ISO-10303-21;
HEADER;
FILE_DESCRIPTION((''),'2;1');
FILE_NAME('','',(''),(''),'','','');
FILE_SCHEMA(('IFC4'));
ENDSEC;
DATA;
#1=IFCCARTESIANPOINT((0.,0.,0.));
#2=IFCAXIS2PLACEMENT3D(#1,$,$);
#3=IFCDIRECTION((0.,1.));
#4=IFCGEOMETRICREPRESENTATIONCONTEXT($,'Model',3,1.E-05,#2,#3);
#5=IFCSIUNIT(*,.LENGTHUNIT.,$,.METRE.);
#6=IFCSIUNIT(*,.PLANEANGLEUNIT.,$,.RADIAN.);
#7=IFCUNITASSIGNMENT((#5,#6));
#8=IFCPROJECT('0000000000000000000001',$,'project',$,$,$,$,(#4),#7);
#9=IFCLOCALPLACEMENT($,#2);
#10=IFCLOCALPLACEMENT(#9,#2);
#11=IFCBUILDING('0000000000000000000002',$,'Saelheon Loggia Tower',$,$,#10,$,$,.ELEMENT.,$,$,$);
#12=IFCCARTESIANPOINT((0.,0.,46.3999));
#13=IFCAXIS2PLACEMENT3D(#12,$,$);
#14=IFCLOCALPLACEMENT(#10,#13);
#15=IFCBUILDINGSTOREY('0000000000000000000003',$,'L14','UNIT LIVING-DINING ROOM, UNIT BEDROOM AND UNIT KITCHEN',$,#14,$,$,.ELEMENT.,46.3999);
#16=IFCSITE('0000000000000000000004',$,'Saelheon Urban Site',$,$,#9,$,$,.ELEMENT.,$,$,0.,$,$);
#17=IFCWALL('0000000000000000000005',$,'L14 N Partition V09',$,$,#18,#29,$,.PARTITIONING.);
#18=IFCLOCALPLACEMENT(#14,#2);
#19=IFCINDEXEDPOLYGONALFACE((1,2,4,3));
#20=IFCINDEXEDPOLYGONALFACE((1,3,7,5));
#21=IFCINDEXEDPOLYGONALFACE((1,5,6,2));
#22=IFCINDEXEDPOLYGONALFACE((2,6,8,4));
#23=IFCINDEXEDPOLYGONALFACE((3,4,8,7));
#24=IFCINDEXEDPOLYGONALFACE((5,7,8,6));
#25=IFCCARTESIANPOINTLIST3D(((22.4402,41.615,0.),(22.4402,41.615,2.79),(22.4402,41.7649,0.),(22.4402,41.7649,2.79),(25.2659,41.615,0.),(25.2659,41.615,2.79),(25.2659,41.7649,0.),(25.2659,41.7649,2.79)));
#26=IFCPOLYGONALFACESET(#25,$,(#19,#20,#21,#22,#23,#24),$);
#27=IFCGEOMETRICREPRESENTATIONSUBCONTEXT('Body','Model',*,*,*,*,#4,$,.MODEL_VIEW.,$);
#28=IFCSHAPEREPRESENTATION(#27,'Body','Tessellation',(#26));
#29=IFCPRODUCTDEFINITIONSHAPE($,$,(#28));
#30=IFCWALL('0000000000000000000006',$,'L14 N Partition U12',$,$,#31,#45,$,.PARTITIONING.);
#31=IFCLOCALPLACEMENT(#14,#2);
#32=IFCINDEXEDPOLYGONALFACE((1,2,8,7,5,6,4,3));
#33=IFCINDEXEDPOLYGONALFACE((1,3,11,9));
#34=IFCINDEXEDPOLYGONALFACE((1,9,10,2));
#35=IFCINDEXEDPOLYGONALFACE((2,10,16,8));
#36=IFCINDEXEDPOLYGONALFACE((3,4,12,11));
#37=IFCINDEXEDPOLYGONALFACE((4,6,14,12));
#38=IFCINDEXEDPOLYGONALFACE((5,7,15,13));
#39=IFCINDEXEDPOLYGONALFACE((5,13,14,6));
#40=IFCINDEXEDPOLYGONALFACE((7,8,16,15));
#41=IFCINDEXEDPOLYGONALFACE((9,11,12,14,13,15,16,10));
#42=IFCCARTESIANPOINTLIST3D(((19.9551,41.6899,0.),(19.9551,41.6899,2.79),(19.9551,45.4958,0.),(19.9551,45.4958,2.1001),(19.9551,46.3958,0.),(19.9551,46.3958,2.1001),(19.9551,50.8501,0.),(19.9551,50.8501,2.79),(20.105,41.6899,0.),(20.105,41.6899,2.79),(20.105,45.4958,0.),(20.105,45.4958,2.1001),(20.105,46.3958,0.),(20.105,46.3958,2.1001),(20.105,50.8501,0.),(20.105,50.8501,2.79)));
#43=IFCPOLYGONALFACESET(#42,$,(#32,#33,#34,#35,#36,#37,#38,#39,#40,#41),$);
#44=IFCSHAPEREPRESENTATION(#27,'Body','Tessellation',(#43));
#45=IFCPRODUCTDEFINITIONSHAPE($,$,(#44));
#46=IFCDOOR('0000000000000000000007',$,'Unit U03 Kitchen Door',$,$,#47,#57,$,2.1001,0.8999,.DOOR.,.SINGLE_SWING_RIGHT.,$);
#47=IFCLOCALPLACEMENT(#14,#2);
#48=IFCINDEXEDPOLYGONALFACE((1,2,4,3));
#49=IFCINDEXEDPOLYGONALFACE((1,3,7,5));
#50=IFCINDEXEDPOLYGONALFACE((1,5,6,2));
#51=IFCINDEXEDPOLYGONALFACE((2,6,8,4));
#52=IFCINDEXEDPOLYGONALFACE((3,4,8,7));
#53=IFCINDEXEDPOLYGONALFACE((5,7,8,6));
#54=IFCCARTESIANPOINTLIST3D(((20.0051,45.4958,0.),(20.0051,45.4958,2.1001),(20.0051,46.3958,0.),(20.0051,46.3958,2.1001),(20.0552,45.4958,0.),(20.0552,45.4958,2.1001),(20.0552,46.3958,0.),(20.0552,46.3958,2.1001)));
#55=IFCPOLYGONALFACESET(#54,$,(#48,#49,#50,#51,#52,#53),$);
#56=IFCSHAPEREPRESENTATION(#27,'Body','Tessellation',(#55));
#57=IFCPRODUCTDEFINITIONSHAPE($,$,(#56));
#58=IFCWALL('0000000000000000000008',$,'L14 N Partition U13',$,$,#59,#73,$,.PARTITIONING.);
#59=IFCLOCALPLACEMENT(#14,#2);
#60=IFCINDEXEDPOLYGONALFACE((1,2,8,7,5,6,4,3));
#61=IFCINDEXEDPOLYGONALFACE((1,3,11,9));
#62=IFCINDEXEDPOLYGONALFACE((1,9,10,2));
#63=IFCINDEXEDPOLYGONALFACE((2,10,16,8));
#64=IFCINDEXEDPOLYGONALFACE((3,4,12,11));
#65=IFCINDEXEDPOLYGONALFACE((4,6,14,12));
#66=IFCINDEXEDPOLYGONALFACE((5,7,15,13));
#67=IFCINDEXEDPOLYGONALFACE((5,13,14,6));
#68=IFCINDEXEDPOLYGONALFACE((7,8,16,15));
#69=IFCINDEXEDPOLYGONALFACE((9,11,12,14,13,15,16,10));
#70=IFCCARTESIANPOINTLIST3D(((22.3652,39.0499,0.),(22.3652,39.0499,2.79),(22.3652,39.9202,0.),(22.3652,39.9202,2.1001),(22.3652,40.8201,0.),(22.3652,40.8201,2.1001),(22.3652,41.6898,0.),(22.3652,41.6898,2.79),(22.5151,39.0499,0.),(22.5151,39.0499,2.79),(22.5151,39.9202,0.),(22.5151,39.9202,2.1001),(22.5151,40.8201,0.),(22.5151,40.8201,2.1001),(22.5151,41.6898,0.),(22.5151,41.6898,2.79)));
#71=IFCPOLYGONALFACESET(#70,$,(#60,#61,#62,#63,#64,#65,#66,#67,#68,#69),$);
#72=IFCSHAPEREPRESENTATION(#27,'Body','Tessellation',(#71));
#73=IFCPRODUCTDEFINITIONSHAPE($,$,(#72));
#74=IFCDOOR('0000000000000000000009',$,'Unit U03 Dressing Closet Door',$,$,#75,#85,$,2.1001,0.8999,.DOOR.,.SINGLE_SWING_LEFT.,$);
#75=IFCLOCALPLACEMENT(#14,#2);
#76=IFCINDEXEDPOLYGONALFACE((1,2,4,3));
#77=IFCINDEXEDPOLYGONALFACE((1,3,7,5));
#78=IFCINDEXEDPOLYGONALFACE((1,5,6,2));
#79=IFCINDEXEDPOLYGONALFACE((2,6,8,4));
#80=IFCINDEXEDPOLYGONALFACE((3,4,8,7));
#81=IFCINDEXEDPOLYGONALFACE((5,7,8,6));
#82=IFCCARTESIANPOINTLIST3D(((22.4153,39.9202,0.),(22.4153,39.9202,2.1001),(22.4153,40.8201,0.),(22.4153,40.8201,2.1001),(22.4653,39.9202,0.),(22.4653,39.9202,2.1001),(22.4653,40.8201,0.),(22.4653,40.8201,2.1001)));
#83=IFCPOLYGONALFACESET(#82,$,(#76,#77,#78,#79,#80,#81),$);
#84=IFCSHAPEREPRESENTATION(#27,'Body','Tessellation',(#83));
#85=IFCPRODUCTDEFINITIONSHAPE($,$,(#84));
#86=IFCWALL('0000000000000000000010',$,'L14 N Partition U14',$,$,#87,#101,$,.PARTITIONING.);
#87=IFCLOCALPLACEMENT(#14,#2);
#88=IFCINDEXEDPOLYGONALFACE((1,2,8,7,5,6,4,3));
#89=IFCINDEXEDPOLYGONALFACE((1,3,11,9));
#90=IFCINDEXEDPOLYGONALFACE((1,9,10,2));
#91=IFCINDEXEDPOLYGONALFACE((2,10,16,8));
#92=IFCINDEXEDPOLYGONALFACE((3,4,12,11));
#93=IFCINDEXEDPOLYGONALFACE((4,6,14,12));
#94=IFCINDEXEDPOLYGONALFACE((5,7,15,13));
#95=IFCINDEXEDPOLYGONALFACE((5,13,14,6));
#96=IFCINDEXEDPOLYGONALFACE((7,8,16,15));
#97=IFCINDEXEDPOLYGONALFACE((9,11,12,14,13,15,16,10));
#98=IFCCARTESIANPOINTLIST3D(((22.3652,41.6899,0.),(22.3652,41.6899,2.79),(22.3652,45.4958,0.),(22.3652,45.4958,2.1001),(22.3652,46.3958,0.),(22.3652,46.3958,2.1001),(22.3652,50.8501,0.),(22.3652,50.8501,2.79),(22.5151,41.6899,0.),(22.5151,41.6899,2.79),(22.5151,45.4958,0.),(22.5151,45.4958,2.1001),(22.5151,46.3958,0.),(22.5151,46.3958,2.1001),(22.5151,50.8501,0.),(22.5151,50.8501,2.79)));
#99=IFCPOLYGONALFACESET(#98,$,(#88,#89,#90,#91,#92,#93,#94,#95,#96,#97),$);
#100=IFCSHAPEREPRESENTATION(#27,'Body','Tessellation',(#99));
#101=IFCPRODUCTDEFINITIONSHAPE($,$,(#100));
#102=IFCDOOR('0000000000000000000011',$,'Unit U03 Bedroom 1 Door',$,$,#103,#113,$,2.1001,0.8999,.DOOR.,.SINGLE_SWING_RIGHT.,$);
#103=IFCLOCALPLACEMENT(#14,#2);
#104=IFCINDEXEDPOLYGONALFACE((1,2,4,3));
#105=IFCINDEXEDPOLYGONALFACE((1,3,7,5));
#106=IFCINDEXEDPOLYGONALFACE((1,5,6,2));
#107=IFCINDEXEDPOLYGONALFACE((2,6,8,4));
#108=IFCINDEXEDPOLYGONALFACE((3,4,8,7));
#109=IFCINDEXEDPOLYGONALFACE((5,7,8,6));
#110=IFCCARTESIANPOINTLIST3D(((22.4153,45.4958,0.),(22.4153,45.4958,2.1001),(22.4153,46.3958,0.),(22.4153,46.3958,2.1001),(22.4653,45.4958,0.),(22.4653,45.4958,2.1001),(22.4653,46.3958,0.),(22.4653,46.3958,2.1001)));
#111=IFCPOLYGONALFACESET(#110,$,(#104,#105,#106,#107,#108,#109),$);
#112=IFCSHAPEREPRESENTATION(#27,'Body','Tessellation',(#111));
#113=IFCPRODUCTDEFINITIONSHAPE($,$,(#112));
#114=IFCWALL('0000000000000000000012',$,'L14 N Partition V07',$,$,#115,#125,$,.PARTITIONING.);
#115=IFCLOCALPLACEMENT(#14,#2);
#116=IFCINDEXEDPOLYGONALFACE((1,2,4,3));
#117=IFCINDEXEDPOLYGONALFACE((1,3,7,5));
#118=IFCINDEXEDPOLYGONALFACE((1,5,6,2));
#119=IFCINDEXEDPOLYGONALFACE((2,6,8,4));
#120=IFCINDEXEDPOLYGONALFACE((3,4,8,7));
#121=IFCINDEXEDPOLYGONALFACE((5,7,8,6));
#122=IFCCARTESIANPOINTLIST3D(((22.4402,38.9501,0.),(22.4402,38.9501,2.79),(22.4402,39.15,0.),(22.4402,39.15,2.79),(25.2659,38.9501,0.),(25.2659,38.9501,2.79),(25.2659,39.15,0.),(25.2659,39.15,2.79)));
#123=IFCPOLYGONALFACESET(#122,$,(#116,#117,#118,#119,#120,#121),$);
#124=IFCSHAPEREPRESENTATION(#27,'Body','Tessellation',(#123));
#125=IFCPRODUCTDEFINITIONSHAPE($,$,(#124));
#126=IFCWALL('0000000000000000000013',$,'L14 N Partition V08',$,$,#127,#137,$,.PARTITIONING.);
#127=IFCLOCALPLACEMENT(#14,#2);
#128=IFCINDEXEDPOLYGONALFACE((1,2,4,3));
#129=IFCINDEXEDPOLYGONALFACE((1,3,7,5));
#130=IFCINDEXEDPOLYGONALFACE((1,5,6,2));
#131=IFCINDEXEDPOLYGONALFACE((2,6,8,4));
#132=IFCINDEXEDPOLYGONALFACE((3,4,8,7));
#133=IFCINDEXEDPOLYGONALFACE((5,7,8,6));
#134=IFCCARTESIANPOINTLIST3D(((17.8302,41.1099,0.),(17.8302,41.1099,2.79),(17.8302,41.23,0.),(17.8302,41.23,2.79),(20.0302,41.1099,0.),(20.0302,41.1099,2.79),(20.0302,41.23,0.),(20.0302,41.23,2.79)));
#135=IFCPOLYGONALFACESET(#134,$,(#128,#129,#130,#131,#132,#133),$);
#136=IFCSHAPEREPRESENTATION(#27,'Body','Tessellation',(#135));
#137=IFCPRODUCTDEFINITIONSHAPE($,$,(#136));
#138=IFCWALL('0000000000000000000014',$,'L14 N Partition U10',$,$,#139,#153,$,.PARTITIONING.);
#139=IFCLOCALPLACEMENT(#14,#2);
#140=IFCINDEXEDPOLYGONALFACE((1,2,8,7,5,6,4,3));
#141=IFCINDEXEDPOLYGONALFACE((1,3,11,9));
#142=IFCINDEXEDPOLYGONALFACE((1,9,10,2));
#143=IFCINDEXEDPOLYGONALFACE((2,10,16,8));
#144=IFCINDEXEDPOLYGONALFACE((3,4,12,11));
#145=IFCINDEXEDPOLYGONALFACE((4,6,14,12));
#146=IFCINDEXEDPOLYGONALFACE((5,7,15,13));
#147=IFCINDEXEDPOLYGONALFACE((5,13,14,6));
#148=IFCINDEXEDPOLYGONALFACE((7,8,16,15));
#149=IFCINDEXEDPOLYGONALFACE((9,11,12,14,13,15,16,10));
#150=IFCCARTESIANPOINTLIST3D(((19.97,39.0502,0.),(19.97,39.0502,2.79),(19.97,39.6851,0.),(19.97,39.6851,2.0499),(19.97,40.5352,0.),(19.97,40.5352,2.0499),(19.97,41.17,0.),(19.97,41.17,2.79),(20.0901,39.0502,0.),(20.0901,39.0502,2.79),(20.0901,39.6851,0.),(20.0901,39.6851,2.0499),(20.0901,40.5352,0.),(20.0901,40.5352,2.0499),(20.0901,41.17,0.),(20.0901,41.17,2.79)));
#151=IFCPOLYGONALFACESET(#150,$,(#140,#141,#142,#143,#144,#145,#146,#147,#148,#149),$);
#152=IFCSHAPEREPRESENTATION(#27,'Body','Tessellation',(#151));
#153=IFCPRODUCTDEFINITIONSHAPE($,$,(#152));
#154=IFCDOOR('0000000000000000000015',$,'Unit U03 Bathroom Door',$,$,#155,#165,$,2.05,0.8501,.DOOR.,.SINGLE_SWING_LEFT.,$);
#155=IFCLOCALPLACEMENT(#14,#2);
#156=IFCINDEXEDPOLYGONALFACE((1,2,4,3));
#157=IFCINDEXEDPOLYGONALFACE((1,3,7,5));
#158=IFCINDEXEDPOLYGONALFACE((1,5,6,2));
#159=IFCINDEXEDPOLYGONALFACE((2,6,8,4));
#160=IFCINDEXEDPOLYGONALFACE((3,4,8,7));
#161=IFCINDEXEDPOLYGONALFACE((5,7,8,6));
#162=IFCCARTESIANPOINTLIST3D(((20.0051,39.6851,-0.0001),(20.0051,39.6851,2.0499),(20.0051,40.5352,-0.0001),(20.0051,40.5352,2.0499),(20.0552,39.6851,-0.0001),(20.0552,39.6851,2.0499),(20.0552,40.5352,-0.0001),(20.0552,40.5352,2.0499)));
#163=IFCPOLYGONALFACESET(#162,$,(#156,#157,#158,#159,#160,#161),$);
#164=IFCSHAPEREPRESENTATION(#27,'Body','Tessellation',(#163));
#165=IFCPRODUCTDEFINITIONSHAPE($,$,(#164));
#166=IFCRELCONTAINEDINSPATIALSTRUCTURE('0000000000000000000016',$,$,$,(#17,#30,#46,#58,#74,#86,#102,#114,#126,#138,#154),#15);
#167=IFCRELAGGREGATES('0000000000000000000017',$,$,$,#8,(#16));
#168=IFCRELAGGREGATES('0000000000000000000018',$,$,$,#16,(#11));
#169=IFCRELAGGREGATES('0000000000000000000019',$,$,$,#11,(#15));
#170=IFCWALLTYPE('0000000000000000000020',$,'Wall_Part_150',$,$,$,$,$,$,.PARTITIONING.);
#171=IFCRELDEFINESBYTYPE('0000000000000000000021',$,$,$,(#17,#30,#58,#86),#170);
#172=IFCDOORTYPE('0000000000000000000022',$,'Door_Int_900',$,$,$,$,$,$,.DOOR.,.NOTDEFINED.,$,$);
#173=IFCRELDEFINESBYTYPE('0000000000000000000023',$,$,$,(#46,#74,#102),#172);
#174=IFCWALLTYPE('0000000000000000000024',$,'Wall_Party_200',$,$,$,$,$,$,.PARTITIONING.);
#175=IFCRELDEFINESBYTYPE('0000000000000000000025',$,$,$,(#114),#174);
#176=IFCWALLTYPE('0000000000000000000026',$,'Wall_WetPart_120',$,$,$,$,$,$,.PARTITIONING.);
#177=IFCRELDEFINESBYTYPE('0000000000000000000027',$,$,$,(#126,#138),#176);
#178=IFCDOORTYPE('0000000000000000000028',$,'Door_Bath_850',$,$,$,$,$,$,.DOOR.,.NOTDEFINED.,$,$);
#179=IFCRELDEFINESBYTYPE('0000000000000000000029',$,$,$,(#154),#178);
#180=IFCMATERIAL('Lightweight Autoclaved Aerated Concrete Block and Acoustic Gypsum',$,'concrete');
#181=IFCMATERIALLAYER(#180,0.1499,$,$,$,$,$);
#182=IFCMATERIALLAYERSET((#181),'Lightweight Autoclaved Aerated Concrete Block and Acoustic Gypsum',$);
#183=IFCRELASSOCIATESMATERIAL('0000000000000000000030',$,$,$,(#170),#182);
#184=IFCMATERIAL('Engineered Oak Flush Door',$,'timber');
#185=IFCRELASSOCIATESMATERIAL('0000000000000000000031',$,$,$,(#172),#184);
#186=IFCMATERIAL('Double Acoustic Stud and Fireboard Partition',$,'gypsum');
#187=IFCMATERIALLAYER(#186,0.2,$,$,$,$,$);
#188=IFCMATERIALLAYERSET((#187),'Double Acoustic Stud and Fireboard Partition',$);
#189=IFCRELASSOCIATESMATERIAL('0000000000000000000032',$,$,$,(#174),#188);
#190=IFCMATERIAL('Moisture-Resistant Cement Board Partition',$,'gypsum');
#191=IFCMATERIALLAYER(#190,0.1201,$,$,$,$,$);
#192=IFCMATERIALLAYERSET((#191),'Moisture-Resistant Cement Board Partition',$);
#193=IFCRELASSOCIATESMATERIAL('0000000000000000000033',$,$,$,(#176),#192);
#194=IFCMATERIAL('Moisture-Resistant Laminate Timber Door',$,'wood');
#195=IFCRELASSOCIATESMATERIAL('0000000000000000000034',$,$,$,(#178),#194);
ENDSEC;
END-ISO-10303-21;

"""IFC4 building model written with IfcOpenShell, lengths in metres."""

from ifc_helpers import new_model, si_unit, direction, frame, frame_2d, origin, place, context, subcontext, project, spatial, rectangle, extrude, source, transform, mapped, material, layer, layer_set, type_object, element, fill, save


model = new_model("IFC4")

# Units and contexts
model_context = context("Model", 3, precision=1e-05, world=origin(), true_north=direction((0.0, 1.0)))
body_context = subcontext(model_context, "Body", "Model", "MODEL_VIEW")
ifc_project = project(units=[si_unit("LENGTHUNIT", "METRE"), si_unit("PLANEANGLEUNIT", "RADIAN")], contexts=[model_context])

# Site, building, storey
site_placement = place(None, origin())
site = spatial("IfcSite", under=ifc_project, at=site_placement, Name="Saelheon Urban Site", CompositionType="ELEMENT", RefElevation=0.0)
building_placement = place(site_placement, origin())
building = spatial("IfcBuilding", under=site, at=building_placement, Name="Saelheon Loggia Tower", CompositionType="ELEMENT")
storey_placement = place(building_placement, frame((0.0, 0.0, 46.3999)))
storey = spatial("IfcBuildingStorey", under=building, at=storey_placement, Name="L14", Description="UNIT LIVING-DINING ROOM, UNIT BEDROOM AND UNIT KITCHEN", CompositionType="ELEMENT", Elevation=46.3999)

# Wall
ifc_material_1 = material(Name="Lightweight Autoclaved Aerated Concrete Block and Acoustic Gypsum", Category="concrete")
ifc_layer_1 = layer(ifc_material_1, 0.1499)
ifc_layer_set_1 = layer_set([ifc_layer_1], Name="Lightweight Autoclaved Aerated Concrete Block and Acoustic Gypsum")
wall_type_1 = type_object("IfcWallType", Name="Wall_Part_150", PredefinedType="PARTITIONING", material=ifc_layer_set_1)
wall_1_placement = place(storey_placement, frame((22.4402, 41.6899, 0.0), z_axis=(0.0, 0.0, 1.0), x_axis=(1.0, 0.0, 0.0)))
element("IfcWall", 1, at=wall_1_placement, inside=storey, type_object=wall_type_1, Name="L14 N Partition V09", PredefinedType="PARTITIONING", context=body_context, shape_type="SweptSolid", body=[
    extrude(rectangle(XDim=2.8257, YDim=0.1499, at=frame_2d((1.4128, 0.0))), origin(), (0.0, 0.0, 1.0), 2.79),
])

# Walls, openings, doors
wall_2_placement = place(storey_placement, frame((20.03, 41.6899, 0.0), z_axis=(0.0, 0.0, 1.0), x_axis=(0.0, 1.0, 0.0)))
wall_2 = element("IfcWall", 2, at=wall_2_placement, inside=storey, type_object=wall_type_1, Name="L14 N Partition U12", PredefinedType="PARTITIONING", context=body_context, shape_type="SweptSolid", body=[
    extrude(rectangle(XDim=9.1602, YDim=0.1499, at=frame_2d((4.5801, 0.0))), origin(), (0.0, 0.0, 1.0), 2.79),
])
opening_1_placement = place(wall_2_placement, frame((3.8059, 0.0, 0.0)))
opening_1 = element("IfcOpeningElement", 3, at=opening_1_placement, cuts=wall_2, PredefinedType="OPENING", context=body_context, shape_type="SweptSolid", body=[
    extrude(rectangle(XDim=0.8999, YDim=2.1001, at=frame_2d((0.45, 1.05))), frame((0.0, 0.0869, 0.0), z_axis=(0.0, -1.0, 0.0), x_axis=(1.0, 0.0, 0.0)), (0.0, 0.0, 1.0), 0.1738),
])
ifc_material_2 = material(Name="Engineered Oak Flush Door", Category="timber")
door_type_1 = type_object("IfcDoorType", Name="Door_Int_900", OperationType="NOTDEFINED", PredefinedType="DOOR", material=ifc_material_2)
shared_shape_1 = source(origin(), body_context, "Body", "SweptSolid", [
    extrude(rectangle(XDim=0.8999, YDim=2.1001, at=frame_2d((0.45, 1.05))), frame((0.0, 0.0249, 0.0), z_axis=(0.0, -1.0, 0.0), x_axis=(1.0, 0.0, 0.0)), (0.0, 0.0, 1.0), 0.05),
])
door_1_placement = place(opening_1_placement, origin())
door_1 = element("IfcDoor", 4, at=door_1_placement, inside=storey, type_object=door_type_1, Name="Unit U03 Kitchen Door", OperationType="SINGLE_SWING_RIGHT", OverallHeight=2.1001, OverallWidth=0.8999, PredefinedType="DOOR", context=body_context, shape_type="MappedRepresentation", body=[
    mapped(shared_shape_1, transform((0.0, 0.0, 0.0), scale=1.0)),
])
fill(opening_1, door_1)
wall_3_placement = place(storey_placement, frame((22.4402, 39.05, 0.0), z_axis=(0.0, 0.0, 1.0), x_axis=(0.0, 1.0, 0.0)))
wall_3 = element("IfcWall", 5, at=wall_3_placement, inside=storey, type_object=wall_type_1, Name="L14 N Partition U13", PredefinedType="PARTITIONING", context=body_context, shape_type="SweptSolid", body=[
    extrude(rectangle(XDim=2.6399, YDim=0.1499, at=frame_2d((1.3198, 0.0))), origin(), (0.0, 0.0, 1.0), 2.79),
])
opening_2_placement = place(wall_3_placement, frame((0.8701, 0.0, 0.0)))
opening_2 = element("IfcOpeningElement", 6, at=opening_2_placement, cuts=wall_3, PredefinedType="OPENING", context=body_context, shape_type="SweptSolid", body=[
    extrude(rectangle(XDim=0.8999, YDim=2.1001, at=frame_2d((0.45, 1.05))), frame((0.0, 0.0869, 0.0), z_axis=(0.0, -1.0, 0.0), x_axis=(1.0, 0.0, 0.0)), (0.0, 0.0, 1.0), 0.1738),
])
door_2_placement = place(opening_2_placement, origin())
door_2 = element("IfcDoor", 7, at=door_2_placement, inside=storey, type_object=door_type_1, Name="Unit U03 Dressing Closet Door", OperationType="SINGLE_SWING_LEFT", OverallHeight=2.1001, OverallWidth=0.8999, PredefinedType="DOOR", context=body_context, shape_type="MappedRepresentation", body=[
    mapped(shared_shape_1, transform((0.0, 0.0, 0.0), scale=1.0)),
])
fill(opening_2, door_2)
wall_4_placement = place(storey_placement, frame((22.4402, 41.6899, 0.0), z_axis=(0.0, 0.0, 1.0), x_axis=(0.0, 1.0, 0.0)))
wall_4 = element("IfcWall", 8, at=wall_4_placement, inside=storey, type_object=wall_type_1, Name="L14 N Partition U14", PredefinedType="PARTITIONING", context=body_context, shape_type="SweptSolid", body=[
    extrude(rectangle(XDim=9.1602, YDim=0.1499, at=frame_2d((4.5801, 0.0))), origin(), (0.0, 0.0, 1.0), 2.79),
])
opening_3_placement = place(wall_4_placement, frame((3.8059, 0.0, 0.0)))
opening_3 = element("IfcOpeningElement", 9, at=opening_3_placement, cuts=wall_4, PredefinedType="OPENING", context=body_context, shape_type="SweptSolid", body=[
    extrude(rectangle(XDim=0.8999, YDim=2.1001, at=frame_2d((0.45, 1.05))), frame((0.0, 0.0869, 0.0), z_axis=(0.0, -1.0, 0.0), x_axis=(1.0, 0.0, 0.0)), (0.0, 0.0, 1.0), 0.1738),
])
door_3_placement = place(opening_3_placement, origin())
door_3 = element("IfcDoor", 10, at=door_3_placement, inside=storey, type_object=door_type_1, Name="Unit U03 Bedroom 1 Door", OperationType="SINGLE_SWING_RIGHT", OverallHeight=2.1001, OverallWidth=0.8999, PredefinedType="DOOR", context=body_context, shape_type="MappedRepresentation", body=[
    mapped(shared_shape_1, transform((0.0, 0.0, 0.0), scale=1.0)),
])
fill(opening_3, door_3)

# Walls
ifc_material_3 = material(Name="Double Acoustic Stud and Fireboard Partition", Category="gypsum")
ifc_layer_2 = layer(ifc_material_3, 0.2)
ifc_layer_set_2 = layer_set([ifc_layer_2], Name="Double Acoustic Stud and Fireboard Partition")
wall_type_2 = type_object("IfcWallType", Name="Wall_Party_200", PredefinedType="PARTITIONING", material=ifc_layer_set_2)
wall_5_placement = place(storey_placement, frame((22.4402, 39.05, 0.0), z_axis=(0.0, 0.0, 1.0), x_axis=(1.0, 0.0, 0.0)))
element("IfcWall", 11, at=wall_5_placement, inside=storey, type_object=wall_type_2, Name="L14 N Partition V07", PredefinedType="PARTITIONING", context=body_context, shape_type="SweptSolid", body=[
    extrude(rectangle(XDim=2.8257, YDim=0.2, at=frame_2d((1.4128, 0.0))), origin(), (0.0, 0.0, 1.0), 2.79),
])
ifc_material_4 = material(Name="Moisture-Resistant Cement Board Partition", Category="gypsum")
ifc_layer_3 = layer(ifc_material_4, 0.1201)
ifc_layer_set_3 = layer_set([ifc_layer_3], Name="Moisture-Resistant Cement Board Partition")
wall_type_3 = type_object("IfcWallType", Name="Wall_WetPart_120", PredefinedType="PARTITIONING", material=ifc_layer_set_3)
wall_6_placement = place(storey_placement, frame((17.8301, 41.1699, 0.0), z_axis=(0.0, 0.0, 1.0), x_axis=(1.0, 0.0, 0.0)))
element("IfcWall", 12, at=wall_6_placement, inside=storey, type_object=wall_type_3, Name="L14 N Partition V08", PredefinedType="PARTITIONING", context=body_context, shape_type="SweptSolid", body=[
    extrude(rectangle(XDim=2.2, YDim=0.1201, at=frame_2d((1.1001, 0.0))), origin(), (0.0, 0.0, 1.0), 2.79),
])

# Wall, opening, door
wall_7_placement = place(storey_placement, frame((20.03, 39.05, 0.0), z_axis=(0.0, 0.0, 1.0), x_axis=(0.0, 1.0, 0.0)))
wall_7 = element("IfcWall", 13, at=wall_7_placement, inside=storey, type_object=wall_type_3, Name="L14 N Partition U10", PredefinedType="PARTITIONING", context=body_context, shape_type="SweptSolid", body=[
    extrude(rectangle(XDim=2.1199, YDim=0.1201, at=frame_2d((1.0601, 0.0))), origin(), (0.0, 0.0, 1.0), 2.79),
])
opening_4_placement = place(wall_7_placement, frame((0.635, 0.0, 0.0)))
opening_4 = element("IfcOpeningElement", 14, at=opening_4_placement, cuts=wall_7, PredefinedType="OPENING", context=body_context, shape_type="SweptSolid", body=[
    extrude(rectangle(XDim=0.8501, YDim=2.05, at=frame_2d((0.425, 1.0249))), frame((0.0, 0.072, 0.0), z_axis=(0.0, -1.0, 0.0), x_axis=(1.0, 0.0, 0.0)), (0.0, 0.0, 1.0), 0.144),
])
ifc_material_5 = material(Name="Moisture-Resistant Laminate Timber Door", Category="wood")
door_type_2 = type_object("IfcDoorType", Name="Door_Bath_850", OperationType="NOTDEFINED", PredefinedType="DOOR", material=ifc_material_5)
shared_shape_2 = source(origin(), body_context, "Body", "SweptSolid", [
    extrude(rectangle(XDim=0.8501, YDim=2.05, at=frame_2d((0.425, 1.0249))), frame((0.0, 0.0249, 0.0), z_axis=(0.0, -1.0, 0.0), x_axis=(1.0, 0.0, 0.0)), (0.0, 0.0, 1.0), 0.05),
])
door_4_placement = place(opening_4_placement, origin())
door_4 = element("IfcDoor", 15, at=door_4_placement, inside=storey, type_object=door_type_2, Name="Unit U03 Bathroom Door", OperationType="SINGLE_SWING_LEFT", OverallHeight=2.05, OverallWidth=0.8501, PredefinedType="DOOR", context=body_context, shape_type="MappedRepresentation", body=[
    mapped(shared_shape_2, transform((0.0, 0.0, 0.0), scale=1.0)),
])
fill(opening_4, door_4)

save(model, "model.ifc")
